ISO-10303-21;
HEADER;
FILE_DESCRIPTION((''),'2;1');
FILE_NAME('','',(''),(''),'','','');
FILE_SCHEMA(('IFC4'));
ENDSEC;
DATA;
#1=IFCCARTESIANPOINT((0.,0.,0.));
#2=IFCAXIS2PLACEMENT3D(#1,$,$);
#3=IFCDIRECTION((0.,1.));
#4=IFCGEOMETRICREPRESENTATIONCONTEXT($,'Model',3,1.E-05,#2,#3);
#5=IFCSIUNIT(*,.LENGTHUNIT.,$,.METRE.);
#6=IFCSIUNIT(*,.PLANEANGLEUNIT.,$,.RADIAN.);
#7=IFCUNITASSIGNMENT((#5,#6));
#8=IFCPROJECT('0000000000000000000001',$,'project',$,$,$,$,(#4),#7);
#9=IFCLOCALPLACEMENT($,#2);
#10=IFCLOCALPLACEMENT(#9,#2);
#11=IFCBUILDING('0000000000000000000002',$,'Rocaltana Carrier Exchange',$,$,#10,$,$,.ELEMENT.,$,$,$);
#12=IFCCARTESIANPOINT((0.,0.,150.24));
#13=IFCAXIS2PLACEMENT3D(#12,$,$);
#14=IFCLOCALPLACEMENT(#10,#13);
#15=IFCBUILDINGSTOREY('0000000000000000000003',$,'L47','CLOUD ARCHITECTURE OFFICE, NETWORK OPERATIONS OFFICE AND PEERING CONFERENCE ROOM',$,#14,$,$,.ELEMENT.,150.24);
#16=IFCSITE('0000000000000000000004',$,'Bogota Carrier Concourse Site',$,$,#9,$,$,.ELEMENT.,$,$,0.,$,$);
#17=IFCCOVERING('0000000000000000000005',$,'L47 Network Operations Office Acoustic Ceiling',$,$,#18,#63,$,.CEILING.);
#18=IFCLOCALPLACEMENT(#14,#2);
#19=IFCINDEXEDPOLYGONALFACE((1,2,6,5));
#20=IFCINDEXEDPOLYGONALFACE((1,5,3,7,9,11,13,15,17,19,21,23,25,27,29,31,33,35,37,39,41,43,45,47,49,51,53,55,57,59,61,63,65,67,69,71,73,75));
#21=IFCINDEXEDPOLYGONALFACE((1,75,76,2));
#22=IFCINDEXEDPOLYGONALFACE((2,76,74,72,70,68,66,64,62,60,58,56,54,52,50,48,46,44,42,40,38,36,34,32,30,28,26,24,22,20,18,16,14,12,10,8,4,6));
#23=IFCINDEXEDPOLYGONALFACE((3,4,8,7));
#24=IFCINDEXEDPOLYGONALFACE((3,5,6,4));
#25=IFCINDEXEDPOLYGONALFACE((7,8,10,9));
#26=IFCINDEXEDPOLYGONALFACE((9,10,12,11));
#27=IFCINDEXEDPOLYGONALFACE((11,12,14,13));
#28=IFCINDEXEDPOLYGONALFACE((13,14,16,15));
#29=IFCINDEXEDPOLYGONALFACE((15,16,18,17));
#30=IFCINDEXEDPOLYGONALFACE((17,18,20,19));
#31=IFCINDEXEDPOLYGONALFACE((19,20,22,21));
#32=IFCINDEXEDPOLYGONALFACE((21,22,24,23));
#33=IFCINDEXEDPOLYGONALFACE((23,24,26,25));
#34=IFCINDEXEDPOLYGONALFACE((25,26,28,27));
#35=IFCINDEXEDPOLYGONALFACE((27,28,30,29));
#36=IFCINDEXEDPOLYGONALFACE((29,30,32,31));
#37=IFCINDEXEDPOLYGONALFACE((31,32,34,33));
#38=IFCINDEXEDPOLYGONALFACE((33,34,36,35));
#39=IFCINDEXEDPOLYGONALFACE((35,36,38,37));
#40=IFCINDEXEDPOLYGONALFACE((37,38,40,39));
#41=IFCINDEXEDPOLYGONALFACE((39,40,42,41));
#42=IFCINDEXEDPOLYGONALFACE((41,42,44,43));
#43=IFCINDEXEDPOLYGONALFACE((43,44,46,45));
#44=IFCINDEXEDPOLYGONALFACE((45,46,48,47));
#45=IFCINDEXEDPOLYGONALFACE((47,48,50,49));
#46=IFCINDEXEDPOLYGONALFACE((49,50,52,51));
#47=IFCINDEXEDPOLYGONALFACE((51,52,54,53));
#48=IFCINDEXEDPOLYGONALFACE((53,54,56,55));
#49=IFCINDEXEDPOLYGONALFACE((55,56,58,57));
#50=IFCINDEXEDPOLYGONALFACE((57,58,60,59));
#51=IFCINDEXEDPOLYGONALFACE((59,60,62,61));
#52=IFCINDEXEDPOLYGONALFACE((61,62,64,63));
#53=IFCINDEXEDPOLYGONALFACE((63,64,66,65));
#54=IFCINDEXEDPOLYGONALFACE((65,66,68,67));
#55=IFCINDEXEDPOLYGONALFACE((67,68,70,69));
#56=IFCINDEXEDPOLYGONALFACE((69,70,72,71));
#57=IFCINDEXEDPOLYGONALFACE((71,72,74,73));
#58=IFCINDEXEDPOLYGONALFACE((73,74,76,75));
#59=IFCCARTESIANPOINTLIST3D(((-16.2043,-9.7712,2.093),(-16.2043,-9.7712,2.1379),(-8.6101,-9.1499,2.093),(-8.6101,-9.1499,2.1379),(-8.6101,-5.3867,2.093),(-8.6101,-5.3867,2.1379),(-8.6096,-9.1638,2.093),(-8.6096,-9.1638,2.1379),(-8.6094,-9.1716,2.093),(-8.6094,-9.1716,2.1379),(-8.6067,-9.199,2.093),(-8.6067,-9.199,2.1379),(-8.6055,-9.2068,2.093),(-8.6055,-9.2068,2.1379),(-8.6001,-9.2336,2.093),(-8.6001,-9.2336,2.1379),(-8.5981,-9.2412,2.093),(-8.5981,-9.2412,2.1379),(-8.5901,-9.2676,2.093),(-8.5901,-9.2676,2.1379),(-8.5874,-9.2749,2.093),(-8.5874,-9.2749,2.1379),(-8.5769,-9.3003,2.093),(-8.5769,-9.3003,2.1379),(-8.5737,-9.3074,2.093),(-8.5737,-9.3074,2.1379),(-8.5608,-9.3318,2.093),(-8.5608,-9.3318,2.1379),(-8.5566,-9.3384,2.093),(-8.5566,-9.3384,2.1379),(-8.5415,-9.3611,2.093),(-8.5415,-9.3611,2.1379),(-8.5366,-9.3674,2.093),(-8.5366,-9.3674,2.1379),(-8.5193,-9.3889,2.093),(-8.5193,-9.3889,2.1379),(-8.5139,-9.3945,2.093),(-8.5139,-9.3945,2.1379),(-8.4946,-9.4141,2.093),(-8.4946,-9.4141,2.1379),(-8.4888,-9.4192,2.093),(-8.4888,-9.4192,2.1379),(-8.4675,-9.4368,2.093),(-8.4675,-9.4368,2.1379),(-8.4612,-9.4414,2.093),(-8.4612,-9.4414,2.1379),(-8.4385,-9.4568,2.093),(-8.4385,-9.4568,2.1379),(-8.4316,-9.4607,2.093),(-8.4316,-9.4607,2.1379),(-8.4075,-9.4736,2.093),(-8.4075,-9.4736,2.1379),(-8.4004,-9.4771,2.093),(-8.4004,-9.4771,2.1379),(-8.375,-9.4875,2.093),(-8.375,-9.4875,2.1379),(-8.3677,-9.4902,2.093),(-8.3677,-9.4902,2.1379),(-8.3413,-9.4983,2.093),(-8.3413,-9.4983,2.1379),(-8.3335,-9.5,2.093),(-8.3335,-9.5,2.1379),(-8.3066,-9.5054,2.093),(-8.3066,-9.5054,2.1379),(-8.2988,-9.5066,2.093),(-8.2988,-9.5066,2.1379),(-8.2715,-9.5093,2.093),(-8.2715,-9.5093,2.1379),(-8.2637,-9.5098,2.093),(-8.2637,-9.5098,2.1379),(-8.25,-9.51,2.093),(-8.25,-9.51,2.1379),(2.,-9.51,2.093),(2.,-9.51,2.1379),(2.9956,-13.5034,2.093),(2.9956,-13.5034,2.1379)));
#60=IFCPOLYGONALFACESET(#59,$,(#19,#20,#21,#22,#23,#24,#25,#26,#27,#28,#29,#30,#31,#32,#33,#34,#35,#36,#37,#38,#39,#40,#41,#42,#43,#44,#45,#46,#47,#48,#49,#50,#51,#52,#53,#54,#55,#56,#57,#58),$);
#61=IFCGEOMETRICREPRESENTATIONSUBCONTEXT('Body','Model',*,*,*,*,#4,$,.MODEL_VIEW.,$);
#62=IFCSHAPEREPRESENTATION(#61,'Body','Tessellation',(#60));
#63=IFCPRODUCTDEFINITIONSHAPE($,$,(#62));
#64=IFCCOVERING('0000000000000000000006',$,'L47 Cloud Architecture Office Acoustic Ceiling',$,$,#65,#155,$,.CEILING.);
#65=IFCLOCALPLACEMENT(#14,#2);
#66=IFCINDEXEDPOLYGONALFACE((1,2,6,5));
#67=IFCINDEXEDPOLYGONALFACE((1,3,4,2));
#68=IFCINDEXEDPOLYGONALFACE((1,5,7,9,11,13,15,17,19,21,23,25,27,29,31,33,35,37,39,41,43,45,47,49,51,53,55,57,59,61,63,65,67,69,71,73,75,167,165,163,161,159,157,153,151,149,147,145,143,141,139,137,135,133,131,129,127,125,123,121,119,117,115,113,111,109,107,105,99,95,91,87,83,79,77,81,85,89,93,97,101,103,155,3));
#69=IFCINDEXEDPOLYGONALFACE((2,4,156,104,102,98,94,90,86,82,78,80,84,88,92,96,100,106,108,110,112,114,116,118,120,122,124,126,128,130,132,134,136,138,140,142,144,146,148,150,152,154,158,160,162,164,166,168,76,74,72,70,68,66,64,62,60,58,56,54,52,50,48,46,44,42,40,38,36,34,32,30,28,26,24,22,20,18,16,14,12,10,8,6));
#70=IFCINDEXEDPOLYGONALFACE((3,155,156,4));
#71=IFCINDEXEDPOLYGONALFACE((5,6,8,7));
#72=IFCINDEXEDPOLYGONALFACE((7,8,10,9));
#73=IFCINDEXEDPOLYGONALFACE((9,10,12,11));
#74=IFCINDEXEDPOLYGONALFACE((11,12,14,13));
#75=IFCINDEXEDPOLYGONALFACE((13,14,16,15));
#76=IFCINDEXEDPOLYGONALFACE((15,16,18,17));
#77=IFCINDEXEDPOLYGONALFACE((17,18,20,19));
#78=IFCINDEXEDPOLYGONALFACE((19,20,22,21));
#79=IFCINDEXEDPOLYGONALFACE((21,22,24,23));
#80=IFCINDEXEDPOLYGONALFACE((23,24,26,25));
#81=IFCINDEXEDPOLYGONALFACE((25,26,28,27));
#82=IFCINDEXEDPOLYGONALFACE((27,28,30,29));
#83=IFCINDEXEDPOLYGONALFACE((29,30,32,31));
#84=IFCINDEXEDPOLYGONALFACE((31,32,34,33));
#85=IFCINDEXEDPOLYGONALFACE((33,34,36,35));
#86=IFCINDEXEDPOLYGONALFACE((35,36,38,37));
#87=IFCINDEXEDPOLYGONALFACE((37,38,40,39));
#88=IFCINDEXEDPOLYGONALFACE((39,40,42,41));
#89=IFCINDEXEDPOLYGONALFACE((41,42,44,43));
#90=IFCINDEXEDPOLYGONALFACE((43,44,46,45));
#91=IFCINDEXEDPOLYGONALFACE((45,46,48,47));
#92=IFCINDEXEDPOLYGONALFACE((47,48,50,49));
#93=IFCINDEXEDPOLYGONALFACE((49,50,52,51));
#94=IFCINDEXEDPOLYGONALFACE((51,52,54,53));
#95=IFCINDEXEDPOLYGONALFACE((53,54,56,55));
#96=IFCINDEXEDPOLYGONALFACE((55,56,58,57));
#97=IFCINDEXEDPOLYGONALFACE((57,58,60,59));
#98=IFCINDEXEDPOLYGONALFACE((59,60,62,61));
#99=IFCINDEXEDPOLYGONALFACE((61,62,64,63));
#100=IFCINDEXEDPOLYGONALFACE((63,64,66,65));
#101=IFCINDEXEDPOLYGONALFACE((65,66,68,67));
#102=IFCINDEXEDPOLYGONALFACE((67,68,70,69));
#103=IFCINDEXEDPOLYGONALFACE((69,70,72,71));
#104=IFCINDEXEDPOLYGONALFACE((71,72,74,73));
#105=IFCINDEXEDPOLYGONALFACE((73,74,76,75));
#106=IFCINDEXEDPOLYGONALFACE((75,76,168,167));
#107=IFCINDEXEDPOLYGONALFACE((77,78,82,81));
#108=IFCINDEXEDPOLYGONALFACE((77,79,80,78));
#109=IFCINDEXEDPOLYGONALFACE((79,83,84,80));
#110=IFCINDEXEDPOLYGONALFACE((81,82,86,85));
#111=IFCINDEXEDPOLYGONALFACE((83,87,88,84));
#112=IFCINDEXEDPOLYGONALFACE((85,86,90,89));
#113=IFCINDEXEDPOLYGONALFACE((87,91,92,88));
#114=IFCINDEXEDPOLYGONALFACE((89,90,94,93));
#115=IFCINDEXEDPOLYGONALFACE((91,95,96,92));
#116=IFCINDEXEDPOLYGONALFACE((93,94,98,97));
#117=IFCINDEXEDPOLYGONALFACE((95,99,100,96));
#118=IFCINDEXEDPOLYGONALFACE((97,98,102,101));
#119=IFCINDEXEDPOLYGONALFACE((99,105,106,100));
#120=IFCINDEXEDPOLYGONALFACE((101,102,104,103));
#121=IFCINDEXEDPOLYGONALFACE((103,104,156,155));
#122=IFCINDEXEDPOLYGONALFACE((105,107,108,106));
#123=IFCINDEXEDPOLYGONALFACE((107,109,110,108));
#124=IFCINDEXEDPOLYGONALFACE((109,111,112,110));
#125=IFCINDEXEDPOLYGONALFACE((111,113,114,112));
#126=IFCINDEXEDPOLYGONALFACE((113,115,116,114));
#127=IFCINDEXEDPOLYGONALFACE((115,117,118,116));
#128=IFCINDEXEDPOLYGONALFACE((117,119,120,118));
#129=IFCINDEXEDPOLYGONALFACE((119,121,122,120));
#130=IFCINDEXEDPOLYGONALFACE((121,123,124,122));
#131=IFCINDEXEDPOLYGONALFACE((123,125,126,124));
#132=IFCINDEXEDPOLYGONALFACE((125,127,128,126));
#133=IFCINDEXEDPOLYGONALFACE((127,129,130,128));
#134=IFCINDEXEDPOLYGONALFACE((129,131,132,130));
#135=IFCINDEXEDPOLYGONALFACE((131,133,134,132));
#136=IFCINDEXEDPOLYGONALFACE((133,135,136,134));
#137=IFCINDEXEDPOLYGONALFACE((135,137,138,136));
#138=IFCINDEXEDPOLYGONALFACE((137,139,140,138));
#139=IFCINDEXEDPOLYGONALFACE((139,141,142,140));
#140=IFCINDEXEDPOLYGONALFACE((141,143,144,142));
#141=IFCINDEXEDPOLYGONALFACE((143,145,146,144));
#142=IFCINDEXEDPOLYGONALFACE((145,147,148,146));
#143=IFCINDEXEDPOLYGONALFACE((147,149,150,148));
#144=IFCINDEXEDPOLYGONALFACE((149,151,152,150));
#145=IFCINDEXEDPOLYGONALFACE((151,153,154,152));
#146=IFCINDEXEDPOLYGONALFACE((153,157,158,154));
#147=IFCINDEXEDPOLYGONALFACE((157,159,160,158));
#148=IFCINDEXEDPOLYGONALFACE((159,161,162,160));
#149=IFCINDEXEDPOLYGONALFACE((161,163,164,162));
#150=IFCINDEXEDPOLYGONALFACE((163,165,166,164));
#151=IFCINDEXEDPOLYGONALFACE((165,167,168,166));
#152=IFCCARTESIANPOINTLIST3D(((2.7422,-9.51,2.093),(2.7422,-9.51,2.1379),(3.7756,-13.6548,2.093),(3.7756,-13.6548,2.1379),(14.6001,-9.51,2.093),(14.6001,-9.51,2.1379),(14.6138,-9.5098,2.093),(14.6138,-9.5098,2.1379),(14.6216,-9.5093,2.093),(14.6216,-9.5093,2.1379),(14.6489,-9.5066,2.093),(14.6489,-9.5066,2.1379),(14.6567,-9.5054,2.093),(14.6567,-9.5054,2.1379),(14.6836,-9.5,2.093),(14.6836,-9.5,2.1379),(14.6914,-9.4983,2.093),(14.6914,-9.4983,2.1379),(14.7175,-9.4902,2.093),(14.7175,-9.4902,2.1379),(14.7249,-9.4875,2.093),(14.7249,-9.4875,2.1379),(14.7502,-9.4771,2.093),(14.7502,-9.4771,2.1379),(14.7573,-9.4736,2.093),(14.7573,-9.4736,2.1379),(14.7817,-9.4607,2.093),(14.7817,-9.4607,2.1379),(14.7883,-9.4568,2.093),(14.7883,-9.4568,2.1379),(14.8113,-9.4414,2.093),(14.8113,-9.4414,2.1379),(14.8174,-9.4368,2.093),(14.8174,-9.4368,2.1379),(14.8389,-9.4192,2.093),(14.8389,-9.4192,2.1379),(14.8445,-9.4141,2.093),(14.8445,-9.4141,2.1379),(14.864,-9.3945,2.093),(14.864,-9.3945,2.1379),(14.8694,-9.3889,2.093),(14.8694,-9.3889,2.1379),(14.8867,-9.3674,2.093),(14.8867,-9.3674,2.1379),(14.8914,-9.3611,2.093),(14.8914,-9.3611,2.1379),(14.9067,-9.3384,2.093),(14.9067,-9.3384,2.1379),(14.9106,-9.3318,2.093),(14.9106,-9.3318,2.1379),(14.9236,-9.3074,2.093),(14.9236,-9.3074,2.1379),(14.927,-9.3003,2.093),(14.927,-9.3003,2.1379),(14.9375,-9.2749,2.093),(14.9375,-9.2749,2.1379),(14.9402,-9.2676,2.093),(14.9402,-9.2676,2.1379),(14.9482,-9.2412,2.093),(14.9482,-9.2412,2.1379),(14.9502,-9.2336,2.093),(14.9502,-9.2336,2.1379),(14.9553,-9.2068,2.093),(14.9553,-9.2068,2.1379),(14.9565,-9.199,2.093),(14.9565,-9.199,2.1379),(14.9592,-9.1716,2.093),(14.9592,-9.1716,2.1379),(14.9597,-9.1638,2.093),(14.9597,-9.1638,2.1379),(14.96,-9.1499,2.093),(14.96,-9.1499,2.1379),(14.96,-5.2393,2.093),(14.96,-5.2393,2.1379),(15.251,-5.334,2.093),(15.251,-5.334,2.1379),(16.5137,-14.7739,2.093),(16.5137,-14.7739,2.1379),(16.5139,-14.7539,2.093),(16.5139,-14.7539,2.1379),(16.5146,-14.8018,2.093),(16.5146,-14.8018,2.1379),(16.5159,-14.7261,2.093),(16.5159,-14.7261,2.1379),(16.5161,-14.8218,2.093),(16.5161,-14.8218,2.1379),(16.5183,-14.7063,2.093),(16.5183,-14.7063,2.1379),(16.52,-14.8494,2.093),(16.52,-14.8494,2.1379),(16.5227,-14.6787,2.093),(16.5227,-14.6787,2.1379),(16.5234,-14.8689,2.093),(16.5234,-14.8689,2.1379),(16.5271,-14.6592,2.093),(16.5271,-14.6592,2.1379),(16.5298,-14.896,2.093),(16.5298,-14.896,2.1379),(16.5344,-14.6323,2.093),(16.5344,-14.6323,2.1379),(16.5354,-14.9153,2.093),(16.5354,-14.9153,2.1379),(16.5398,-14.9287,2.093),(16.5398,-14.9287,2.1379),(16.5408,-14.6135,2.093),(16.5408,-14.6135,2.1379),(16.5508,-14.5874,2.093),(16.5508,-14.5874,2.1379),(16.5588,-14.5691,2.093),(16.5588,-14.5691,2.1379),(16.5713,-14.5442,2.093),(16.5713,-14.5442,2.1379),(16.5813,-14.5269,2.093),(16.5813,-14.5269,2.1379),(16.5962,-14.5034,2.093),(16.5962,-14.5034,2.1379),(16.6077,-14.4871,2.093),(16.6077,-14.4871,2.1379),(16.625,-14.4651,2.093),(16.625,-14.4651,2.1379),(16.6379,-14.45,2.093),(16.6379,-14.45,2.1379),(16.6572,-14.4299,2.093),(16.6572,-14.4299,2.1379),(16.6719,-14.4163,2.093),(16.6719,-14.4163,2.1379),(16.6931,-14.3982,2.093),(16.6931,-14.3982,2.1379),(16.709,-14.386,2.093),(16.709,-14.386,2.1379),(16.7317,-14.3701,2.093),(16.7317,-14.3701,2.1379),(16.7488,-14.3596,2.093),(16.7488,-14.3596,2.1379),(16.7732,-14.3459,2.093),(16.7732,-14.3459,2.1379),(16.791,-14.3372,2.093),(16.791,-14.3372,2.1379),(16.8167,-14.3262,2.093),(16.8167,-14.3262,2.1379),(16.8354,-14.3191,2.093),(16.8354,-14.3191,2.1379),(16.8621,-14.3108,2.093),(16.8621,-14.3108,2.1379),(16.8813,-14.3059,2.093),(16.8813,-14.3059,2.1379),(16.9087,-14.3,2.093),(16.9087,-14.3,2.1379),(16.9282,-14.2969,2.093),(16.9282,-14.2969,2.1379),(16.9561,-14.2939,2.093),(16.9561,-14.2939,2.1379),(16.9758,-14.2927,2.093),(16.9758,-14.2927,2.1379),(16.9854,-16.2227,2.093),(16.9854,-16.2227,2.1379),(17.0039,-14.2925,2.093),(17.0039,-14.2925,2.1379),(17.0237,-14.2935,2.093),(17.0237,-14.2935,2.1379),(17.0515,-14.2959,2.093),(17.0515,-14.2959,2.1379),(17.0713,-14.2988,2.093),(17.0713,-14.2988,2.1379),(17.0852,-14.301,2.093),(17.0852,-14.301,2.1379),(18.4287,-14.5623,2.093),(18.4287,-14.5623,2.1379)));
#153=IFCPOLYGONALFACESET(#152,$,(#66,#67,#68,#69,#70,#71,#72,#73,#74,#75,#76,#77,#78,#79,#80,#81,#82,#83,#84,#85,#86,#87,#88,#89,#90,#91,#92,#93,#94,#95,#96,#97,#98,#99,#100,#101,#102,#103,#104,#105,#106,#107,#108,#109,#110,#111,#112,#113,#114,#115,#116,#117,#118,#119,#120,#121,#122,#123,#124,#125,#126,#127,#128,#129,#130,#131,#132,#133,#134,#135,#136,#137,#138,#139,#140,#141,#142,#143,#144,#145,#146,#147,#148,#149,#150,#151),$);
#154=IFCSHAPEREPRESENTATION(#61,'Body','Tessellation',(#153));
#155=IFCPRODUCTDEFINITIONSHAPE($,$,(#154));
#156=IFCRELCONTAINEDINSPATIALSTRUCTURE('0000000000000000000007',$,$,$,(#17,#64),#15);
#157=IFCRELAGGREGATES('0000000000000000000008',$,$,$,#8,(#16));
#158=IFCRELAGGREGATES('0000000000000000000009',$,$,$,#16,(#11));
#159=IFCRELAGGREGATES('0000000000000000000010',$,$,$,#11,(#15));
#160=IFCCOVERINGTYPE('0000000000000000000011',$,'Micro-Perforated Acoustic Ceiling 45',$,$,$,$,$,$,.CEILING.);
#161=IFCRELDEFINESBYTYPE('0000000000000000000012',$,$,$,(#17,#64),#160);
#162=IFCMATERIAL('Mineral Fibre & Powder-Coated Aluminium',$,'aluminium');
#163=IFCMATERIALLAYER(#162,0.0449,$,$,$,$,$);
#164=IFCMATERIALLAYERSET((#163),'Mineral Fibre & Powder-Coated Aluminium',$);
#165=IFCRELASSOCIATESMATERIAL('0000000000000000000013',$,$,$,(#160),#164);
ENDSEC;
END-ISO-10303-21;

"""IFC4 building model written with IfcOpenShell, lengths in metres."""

from ifc_helpers import new_model, si_unit, direction, frame, origin, place, context, subcontext, project, spatial, polyline, outline, extrude, material, layer, layer_set, type_object, element, save


model = new_model("IFC4")

# Units and contexts
model_context = context("Model", 3, precision=1e-05, world=origin(), true_north=direction((0.0, 1.0)))
body_context = subcontext(model_context, "Body", "Model", "MODEL_VIEW")
ifc_project = project(units=[si_unit("LENGTHUNIT", "METRE"), si_unit("PLANEANGLEUNIT", "RADIAN")], contexts=[model_context])

# Site, building, storey
site_placement = place(None, origin())
site = spatial("IfcSite", under=ifc_project, at=site_placement, Name="Bogota Carrier Concourse Site", CompositionType="ELEMENT", RefElevation=0.0)
building_placement = place(site_placement, origin())
building = spatial("IfcBuilding", under=site, at=building_placement, Name="Rocaltana Carrier Exchange", CompositionType="ELEMENT")
storey_placement = place(building_placement, frame((0.0, 0.0, 150.24)))
storey = spatial("IfcBuildingStorey", under=building, at=storey_placement, Name="L47", Description="CLOUD ARCHITECTURE OFFICE, NETWORK OPERATIONS OFFICE AND PEERING CONFERENCE ROOM", CompositionType="ELEMENT", Elevation=150.24)

# Coverings
ifc_material_1 = material(Name="Mineral Fibre & Powder-Coated Aluminium", Category="aluminium")
ifc_layer_1 = layer(ifc_material_1, 0.0449)
ifc_layer_set_1 = layer_set([ifc_layer_1], Name="Mineral Fibre & Powder-Coated Aluminium")
covering_type_1 = type_object("IfcCoveringType", Name="Micro-Perforated Acoustic Ceiling 45", PredefinedType="CEILING", material=ifc_layer_set_1)
covering_1_placement = place(storey_placement, frame((0.0, 0.0, 2.093)))
element("IfcCovering", 1, at=covering_1_placement, inside=storey, type_object=covering_type_1, Name="L47 Network Operations Office Acoustic Ceiling", PredefinedType="CEILING", context=body_context, shape_type="SweptSolid", body=[
    extrude(outline(polyline([(-16.2043, -9.7712), (-8.6101, -5.3867), (-8.6101, -9.1499), (-8.6096, -9.1638), (-8.6094, -9.1716), (-8.6067, -9.199), (-8.6055, -9.2068), (-8.6001, -9.2336), (-8.5981, -9.2412), (-8.5901, -9.2676), (-8.5874, -9.2749), (-8.5769, -9.3003), (-8.5737, -9.3074), (-8.5608, -9.3318), (-8.5566, -9.3384), (-8.5415, -9.3611), (-8.5366, -9.3674), (-8.5193, -9.3889), (-8.5139, -9.3945), (-8.4946, -9.4141), (-8.4888, -9.4192), (-8.4675, -9.4368), (-8.4612, -9.4414), (-8.4385, -9.4568), (-8.4316, -9.4607), (-8.4075, -9.4736), (-8.4004, -9.4771), (-8.375, -9.4875), (-8.3677, -9.4902), (-8.3413, -9.4983), (-8.3335, -9.5), (-8.3066, -9.5054), (-8.2988, -9.5066), (-8.2715, -9.5093), (-8.2637, -9.5098), (-8.25, -9.51), (2.0, -9.51), (2.9956, -13.5034), (-16.2043, -9.7712)])), origin(), (0.0, 0.0, 1.0), 0.0449),
])
covering_2_placement = place(storey_placement, frame((0.0, 0.0, 2.093)))
element("IfcCovering", 2, at=covering_2_placement, inside=storey, type_object=covering_type_1, Name="L47 Cloud Architecture Office Acoustic Ceiling", PredefinedType="CEILING", context=body_context, shape_type="SweptSolid", body=[
    extrude(outline(polyline([(18.4287, -14.5623), (17.0852, -14.301), (17.0713, -14.2988), (17.0515, -14.2959), (17.0237, -14.2935), (17.0039, -14.2925), (16.9758, -14.2927), (16.9561, -14.2939), (16.9282, -14.2969), (16.9087, -14.3), (16.8813, -14.3059), (16.8621, -14.3108), (16.8354, -14.3191), (16.8167, -14.3262), (16.791, -14.3372), (16.7732, -14.3459), (16.7488, -14.3596), (16.7317, -14.3701), (16.709, -14.386), (16.6931, -14.3982), (16.6719, -14.4163), (16.6572, -14.4299), (16.6379, -14.45), (16.625, -14.4651), (16.6077, -14.4871), (16.5962, -14.5034), (16.5813, -14.5269), (16.5713, -14.5442), (16.5588, -14.5691), (16.5508, -14.5874), (16.5408, -14.6135), (16.5344, -14.6323), (16.5271, -14.6592), (16.5227, -14.6787), (16.5183, -14.7063), (16.5159, -14.7261), (16.5139, -14.7539), (16.5137, -14.7739), (16.5146, -14.8018), (16.5161, -14.8218), (16.52, -14.8494), (16.5234, -14.8689), (16.5298, -14.896), (16.5354, -14.9153), (16.5398, -14.9287), (16.9854, -16.2227), (3.7756, -13.6548), (2.7422, -9.51), (14.6001, -9.51), (14.6138, -9.5098), (14.6216, -9.5093), (14.6489, -9.5066), (14.6567, -9.5054), (14.6836, -9.5), (14.6914, -9.4983), (14.7175, -9.4902), (14.7249, -9.4875), (14.7502, -9.4771), (14.7573, -9.4736), (14.7817, -9.4607), (14.7883, -9.4568), (14.8113, -9.4414), (14.8174, -9.4368), (14.8389, -9.4192), (14.8445, -9.4141), (14.864, -9.3945), (14.8694, -9.3889), (14.8867, -9.3674), (14.8914, -9.3611), (14.9067, -9.3384), (14.9106, -9.3318), (14.9236, -9.3074), (14.927, -9.3003), (14.9375, -9.2749), (14.9402, -9.2676), (14.9482, -9.2412), (14.9502, -9.2336), (14.9553, -9.2068), (14.9565, -9.199), (14.9592, -9.1716), (14.9597, -9.1638), (14.96, -9.1499), (14.96, -5.2393), (15.251, -5.334), (18.4287, -14.5623)])), origin(), (0.0, 0.0, 1.0), 0.0449),
])

save(model, "model.ifc")
